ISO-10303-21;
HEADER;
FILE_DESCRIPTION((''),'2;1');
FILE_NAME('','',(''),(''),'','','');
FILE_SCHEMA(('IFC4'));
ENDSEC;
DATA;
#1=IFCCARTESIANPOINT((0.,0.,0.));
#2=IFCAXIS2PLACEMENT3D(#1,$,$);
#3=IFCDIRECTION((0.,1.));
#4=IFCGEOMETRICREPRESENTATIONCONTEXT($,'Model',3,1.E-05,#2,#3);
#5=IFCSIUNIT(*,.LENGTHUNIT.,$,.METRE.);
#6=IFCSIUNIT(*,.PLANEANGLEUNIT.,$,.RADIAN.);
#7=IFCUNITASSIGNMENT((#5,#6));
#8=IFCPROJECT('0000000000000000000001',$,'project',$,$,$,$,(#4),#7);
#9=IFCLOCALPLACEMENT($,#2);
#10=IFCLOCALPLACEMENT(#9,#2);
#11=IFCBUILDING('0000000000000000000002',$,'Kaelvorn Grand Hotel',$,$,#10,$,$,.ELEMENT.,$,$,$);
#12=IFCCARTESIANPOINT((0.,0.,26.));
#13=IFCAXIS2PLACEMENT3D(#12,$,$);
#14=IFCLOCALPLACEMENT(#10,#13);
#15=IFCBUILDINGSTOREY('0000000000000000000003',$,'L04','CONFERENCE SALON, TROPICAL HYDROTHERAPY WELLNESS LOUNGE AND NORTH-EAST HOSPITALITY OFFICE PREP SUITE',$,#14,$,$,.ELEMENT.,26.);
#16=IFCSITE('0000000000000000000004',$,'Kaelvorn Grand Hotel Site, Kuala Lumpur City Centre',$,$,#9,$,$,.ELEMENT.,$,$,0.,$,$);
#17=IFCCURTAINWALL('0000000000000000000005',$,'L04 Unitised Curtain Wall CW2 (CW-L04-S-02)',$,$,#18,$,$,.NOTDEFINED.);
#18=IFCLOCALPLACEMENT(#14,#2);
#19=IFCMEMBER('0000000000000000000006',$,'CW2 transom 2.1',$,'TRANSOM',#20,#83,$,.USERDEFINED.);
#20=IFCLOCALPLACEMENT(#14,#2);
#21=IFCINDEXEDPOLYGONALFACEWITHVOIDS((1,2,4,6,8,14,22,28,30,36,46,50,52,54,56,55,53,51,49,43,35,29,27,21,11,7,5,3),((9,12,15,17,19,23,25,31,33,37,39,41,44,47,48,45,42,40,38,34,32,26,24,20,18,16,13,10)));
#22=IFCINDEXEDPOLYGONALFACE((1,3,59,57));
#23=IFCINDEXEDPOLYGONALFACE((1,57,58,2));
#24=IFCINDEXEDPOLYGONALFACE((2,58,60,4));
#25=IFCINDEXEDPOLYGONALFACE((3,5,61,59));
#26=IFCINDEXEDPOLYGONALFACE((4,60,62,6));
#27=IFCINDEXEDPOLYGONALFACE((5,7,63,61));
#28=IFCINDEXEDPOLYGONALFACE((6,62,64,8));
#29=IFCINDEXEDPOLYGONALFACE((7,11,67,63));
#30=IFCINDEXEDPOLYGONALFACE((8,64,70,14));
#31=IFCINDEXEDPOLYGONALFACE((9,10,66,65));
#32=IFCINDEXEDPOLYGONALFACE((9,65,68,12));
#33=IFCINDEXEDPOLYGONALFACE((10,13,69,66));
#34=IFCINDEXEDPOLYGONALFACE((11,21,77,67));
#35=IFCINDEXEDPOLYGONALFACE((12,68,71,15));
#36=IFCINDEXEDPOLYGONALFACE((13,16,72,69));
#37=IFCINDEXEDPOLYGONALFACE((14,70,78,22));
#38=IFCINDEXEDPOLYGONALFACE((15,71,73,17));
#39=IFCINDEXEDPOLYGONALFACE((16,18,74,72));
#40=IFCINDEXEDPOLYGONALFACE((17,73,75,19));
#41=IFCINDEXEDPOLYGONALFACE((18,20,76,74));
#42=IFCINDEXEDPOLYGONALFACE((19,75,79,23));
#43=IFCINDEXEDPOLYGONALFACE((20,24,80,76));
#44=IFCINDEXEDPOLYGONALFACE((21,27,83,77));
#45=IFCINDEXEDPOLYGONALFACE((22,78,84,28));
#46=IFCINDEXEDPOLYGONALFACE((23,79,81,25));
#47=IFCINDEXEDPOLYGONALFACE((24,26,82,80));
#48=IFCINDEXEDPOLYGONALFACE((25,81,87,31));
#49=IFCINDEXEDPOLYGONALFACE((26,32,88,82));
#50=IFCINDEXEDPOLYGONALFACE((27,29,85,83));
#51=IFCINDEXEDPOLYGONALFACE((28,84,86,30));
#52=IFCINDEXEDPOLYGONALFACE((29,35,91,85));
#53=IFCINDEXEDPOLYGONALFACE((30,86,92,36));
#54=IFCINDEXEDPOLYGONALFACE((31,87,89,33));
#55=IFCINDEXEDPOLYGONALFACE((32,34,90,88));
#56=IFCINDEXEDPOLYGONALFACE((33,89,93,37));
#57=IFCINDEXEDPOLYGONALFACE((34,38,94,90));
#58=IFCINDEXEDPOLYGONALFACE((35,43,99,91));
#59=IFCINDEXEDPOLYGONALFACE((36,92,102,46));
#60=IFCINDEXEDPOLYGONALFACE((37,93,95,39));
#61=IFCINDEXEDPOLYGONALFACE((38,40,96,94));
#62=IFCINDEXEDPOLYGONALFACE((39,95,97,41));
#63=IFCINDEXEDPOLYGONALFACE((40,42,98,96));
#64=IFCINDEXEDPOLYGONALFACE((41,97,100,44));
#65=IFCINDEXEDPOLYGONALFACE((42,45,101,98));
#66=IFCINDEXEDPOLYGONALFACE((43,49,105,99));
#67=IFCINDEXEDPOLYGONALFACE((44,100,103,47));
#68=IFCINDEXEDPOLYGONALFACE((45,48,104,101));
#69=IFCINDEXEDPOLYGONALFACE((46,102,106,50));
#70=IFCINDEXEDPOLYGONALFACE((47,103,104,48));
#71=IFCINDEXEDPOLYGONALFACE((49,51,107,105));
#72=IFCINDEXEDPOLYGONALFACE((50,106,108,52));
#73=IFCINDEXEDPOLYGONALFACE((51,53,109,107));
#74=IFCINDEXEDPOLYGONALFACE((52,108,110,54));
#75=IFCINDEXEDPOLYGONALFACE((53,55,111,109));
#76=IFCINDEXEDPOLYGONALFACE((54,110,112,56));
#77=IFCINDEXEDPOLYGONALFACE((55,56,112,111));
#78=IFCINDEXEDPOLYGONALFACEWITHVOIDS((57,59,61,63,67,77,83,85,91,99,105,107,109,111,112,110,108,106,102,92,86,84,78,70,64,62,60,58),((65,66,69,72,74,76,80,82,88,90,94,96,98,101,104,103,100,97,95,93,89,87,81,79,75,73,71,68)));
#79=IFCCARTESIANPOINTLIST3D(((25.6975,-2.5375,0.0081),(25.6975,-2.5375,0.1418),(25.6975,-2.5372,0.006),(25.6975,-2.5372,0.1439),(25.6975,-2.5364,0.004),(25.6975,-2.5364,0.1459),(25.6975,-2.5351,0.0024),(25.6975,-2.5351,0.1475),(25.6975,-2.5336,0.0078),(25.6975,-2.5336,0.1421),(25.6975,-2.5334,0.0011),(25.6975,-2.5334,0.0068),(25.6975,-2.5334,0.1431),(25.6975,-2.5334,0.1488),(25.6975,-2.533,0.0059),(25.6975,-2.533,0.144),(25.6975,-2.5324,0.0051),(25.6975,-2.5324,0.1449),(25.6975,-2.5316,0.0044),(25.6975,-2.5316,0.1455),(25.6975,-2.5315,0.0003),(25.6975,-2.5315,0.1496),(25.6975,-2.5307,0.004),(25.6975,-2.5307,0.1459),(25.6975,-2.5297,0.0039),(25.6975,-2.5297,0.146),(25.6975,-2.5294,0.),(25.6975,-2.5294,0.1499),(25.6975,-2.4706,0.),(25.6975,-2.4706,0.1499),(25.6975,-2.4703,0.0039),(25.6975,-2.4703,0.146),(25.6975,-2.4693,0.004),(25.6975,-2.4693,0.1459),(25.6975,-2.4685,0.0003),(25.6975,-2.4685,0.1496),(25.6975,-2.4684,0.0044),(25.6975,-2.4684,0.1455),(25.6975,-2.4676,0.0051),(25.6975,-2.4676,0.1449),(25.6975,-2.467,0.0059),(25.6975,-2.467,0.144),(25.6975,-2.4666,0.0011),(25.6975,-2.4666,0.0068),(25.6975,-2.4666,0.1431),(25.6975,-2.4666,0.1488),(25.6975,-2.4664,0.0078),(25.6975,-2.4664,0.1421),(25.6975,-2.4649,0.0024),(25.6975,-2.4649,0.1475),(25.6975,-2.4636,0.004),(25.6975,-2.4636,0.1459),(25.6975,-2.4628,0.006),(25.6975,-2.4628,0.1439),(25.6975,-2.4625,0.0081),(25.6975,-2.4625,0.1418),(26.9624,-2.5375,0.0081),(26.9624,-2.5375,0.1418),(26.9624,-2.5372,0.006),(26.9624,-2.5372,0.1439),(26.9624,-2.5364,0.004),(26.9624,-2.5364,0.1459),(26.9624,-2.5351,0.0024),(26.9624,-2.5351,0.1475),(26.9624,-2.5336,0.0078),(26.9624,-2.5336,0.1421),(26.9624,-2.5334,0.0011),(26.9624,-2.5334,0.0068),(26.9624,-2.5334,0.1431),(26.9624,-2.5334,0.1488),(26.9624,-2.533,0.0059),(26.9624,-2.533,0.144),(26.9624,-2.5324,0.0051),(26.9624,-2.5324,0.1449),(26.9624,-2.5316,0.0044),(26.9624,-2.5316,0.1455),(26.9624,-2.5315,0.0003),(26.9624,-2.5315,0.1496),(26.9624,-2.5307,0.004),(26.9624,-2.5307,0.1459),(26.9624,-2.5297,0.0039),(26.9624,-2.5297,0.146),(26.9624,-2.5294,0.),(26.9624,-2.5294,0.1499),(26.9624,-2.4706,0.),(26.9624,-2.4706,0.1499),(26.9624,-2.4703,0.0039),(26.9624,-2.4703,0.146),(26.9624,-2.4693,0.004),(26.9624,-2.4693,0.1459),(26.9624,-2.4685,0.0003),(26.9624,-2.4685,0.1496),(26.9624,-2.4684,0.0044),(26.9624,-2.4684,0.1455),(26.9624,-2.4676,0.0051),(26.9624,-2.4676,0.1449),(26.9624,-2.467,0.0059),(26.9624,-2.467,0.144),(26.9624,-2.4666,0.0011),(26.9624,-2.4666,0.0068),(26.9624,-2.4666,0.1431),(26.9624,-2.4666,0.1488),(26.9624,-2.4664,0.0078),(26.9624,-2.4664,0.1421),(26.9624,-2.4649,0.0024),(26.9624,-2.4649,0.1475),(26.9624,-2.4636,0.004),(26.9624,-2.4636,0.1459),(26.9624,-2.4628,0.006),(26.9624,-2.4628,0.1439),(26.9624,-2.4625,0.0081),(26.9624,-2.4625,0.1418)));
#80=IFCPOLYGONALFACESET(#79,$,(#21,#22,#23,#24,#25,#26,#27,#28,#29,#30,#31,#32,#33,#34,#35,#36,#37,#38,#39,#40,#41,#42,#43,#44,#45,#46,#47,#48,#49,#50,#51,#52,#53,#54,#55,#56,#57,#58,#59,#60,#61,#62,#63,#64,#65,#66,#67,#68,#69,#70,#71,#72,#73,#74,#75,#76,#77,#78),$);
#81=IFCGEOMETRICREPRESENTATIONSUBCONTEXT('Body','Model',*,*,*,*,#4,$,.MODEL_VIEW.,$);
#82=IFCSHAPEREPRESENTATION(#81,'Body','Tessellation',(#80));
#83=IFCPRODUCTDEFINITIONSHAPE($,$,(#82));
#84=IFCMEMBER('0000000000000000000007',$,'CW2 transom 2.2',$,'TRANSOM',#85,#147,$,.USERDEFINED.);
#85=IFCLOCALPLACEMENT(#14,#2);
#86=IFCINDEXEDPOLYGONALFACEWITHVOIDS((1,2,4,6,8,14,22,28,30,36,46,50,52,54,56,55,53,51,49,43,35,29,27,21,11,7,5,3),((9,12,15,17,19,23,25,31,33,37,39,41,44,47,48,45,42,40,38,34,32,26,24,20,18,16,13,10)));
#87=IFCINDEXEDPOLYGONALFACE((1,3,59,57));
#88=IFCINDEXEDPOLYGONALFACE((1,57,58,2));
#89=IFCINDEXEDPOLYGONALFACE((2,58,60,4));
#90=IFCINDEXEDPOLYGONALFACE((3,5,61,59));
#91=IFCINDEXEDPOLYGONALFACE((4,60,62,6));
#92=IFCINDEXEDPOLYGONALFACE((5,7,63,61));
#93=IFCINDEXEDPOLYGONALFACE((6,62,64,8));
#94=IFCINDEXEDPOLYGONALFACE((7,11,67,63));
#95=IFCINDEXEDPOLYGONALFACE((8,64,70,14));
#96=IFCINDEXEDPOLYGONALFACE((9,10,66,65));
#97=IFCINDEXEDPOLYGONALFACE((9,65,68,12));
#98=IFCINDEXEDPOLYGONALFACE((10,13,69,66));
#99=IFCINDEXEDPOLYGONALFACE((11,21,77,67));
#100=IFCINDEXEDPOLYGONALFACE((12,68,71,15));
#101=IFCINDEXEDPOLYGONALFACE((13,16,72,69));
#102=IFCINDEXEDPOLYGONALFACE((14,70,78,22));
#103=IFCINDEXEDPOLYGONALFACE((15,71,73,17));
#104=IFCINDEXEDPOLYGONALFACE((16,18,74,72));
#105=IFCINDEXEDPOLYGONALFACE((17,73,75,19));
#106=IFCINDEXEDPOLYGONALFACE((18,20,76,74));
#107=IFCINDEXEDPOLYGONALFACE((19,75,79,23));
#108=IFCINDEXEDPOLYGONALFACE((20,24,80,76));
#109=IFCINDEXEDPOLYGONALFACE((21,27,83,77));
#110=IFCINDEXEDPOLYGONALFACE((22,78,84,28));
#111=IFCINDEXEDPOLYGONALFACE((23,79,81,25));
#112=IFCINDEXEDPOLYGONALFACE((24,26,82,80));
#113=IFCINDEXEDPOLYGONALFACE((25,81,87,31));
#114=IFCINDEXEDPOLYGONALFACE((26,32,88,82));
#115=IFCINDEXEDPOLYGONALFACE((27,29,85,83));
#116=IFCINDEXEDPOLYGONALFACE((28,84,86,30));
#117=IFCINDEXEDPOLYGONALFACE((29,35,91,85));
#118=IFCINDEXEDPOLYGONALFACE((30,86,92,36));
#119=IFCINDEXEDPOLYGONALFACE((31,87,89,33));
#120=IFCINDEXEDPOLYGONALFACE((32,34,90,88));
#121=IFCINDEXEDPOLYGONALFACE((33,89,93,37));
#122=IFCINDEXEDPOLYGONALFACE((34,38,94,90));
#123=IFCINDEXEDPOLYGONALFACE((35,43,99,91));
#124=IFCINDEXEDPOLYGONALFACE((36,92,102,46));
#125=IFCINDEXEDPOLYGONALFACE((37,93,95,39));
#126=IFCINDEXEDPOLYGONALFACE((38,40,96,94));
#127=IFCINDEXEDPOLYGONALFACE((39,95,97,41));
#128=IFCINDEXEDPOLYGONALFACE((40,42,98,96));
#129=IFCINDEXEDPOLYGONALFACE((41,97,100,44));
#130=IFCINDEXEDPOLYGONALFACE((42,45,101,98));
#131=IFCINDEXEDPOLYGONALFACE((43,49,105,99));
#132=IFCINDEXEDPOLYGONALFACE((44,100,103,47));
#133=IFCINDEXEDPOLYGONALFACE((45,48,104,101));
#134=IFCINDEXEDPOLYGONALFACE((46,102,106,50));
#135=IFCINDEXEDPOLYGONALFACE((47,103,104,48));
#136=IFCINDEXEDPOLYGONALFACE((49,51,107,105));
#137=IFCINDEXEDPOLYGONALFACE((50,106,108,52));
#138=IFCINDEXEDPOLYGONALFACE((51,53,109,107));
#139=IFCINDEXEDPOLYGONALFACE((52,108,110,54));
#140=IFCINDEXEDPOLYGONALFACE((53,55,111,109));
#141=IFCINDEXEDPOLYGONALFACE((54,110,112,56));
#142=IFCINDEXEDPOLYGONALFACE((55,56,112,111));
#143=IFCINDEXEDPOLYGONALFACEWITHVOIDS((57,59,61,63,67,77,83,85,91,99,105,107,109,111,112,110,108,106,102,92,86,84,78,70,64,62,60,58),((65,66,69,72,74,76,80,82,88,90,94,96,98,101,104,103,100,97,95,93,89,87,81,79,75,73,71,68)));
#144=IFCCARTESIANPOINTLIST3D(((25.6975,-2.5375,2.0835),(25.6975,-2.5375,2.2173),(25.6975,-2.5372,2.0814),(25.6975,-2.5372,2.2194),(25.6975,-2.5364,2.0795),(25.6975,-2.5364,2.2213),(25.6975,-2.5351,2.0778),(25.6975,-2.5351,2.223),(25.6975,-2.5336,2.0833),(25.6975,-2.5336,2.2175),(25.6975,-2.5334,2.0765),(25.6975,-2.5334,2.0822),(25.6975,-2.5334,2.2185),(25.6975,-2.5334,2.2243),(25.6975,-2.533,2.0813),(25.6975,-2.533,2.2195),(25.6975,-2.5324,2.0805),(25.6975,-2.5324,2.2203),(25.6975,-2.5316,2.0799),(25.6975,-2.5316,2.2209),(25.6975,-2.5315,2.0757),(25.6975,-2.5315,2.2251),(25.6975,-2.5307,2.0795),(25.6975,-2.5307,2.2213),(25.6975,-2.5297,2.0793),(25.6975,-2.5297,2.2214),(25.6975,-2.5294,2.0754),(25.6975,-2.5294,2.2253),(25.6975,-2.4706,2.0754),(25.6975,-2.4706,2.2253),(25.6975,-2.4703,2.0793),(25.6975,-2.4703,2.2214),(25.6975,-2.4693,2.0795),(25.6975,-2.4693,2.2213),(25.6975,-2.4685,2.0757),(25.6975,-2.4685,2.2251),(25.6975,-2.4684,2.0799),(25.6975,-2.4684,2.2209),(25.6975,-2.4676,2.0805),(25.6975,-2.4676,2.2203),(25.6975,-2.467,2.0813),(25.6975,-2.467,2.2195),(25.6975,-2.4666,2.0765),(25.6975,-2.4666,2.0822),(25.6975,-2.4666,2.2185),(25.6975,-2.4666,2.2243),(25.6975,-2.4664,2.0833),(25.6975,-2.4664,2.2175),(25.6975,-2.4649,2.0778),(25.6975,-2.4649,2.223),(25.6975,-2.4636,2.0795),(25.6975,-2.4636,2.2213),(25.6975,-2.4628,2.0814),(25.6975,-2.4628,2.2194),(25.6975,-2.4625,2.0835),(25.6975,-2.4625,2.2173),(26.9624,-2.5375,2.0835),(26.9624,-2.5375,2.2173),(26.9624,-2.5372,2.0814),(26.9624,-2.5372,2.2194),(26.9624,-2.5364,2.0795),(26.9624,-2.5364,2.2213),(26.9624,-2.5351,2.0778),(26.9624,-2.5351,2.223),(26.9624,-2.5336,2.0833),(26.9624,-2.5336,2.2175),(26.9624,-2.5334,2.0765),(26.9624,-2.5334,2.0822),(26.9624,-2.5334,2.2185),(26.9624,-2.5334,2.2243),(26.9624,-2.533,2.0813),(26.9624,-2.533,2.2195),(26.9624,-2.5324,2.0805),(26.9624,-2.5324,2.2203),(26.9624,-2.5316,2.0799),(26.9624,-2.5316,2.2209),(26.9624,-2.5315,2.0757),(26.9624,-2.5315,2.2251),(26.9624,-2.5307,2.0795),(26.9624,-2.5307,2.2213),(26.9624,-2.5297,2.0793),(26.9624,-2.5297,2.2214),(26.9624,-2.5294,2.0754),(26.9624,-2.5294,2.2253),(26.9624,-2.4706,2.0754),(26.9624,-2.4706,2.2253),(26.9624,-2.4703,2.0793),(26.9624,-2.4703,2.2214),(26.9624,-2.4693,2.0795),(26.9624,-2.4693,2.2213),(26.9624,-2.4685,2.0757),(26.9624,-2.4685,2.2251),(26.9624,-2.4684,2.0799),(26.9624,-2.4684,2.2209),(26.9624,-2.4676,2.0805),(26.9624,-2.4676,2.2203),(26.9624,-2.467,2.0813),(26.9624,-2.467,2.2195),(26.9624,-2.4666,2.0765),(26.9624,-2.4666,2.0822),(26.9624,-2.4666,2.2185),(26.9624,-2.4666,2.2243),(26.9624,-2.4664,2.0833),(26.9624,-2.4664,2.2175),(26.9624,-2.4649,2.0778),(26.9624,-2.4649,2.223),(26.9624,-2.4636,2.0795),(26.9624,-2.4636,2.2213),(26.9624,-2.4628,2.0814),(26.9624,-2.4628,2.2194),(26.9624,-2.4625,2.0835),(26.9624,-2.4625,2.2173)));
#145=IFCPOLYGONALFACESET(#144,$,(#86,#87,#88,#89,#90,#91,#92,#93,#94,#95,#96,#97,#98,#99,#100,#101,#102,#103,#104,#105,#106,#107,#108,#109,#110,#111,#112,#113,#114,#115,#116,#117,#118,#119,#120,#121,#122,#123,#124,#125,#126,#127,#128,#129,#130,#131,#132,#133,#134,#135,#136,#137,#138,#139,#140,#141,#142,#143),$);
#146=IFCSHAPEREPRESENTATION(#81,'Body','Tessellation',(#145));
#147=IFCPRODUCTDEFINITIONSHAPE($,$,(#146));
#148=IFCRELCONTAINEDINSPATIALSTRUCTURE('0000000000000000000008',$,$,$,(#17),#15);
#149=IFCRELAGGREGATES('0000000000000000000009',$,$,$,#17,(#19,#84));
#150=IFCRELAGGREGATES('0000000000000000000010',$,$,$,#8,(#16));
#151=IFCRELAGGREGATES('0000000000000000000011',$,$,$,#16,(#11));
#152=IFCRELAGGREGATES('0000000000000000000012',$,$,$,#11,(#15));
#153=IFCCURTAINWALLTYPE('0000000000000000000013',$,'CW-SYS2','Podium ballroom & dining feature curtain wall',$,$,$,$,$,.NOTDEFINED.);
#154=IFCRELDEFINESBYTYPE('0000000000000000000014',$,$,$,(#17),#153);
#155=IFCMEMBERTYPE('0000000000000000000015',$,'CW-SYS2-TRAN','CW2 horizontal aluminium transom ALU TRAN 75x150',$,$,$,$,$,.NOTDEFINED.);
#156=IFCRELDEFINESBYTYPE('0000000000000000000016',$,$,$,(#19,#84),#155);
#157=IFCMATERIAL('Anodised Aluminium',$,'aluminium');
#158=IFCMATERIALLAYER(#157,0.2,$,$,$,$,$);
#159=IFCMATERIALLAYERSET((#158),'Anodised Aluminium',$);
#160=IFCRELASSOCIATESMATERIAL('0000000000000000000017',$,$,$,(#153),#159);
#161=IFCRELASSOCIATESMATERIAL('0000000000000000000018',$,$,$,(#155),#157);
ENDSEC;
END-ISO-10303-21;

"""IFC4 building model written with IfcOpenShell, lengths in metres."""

from ifc_helpers import new_model, si_unit, direction, frame, origin, origin_2d, place, context, subcontext, project, spatial, hollow_rectangle, extrude, material, layer, layer_set, material_profile, profile_set, type_object, element, aggregate, save


model = new_model("IFC4")

# Units and contexts
model_context = context("Model", 3, precision=1e-05, world=origin(), true_north=direction((0.0, 1.0)))
body_context = subcontext(model_context, "Body", "Model", "MODEL_VIEW")
ifc_project = project(units=[si_unit("LENGTHUNIT", "METRE"), si_unit("PLANEANGLEUNIT", "RADIAN")], contexts=[model_context])

# Site, building, storey
site_placement = place(None, origin())
site = spatial("IfcSite", under=ifc_project, at=site_placement, Name="Kaelvorn Grand Hotel Site, Kuala Lumpur City Centre", CompositionType="ELEMENT", RefElevation=0.0)
building_placement = place(site_placement, origin())
building = spatial("IfcBuilding", under=site, at=building_placement, Name="Kaelvorn Grand Hotel", CompositionType="ELEMENT")
storey_placement = place(building_placement, frame((0.0, 0.0, 26.0)))
storey = spatial("IfcBuildingStorey", under=building, at=storey_placement, Name="L04", Description="CONFERENCE SALON, TROPICAL HYDROTHERAPY WELLNESS LOUNGE AND NORTH-EAST HOSPITALITY OFFICE PREP SUITE", CompositionType="ELEMENT", Elevation=26.0)

# Curtain wall
ifc_material_1 = material(Name="Anodised Aluminium", Category="aluminium")
ifc_layer_1 = layer(ifc_material_1, 0.2)
ifc_layer_set_1 = layer_set([ifc_layer_1], Name="Anodised Aluminium")
curtain_wall_type = type_object("IfcCurtainWallType", Name="CW-SYS2", Description="Podium ballroom & dining feature curtain wall", PredefinedType="NOTDEFINED", material=ifc_layer_set_1)
curtain_wall_1_placement = place(storey_placement, origin())
curtain_wall_1 = element("IfcCurtainWall", 1, at=curtain_wall_1_placement, inside=storey, type_object=curtain_wall_type, Name="L04 Unitised Curtain Wall CW2 (CW-L04-S-02)", PredefinedType="NOTDEFINED")

# Members
ifc_material_profile_1 = material_profile(ifc_material_1, hollow_rectangle(XDim=0.075, YDim=0.1499, WallThickness=0.0039, InnerFilletRadius=0.0039, OuterFilletRadius=0.0081, at=origin_2d()), Name="ALU TRAN 75x150")
ifc_profile_set_1 = profile_set([ifc_material_profile_1], Name="Anodised Aluminium")
member_type_1 = type_object("IfcMemberType", Name="CW-SYS2-TRAN", Description="CW2 horizontal aluminium transom ALU TRAN 75x150", PredefinedType="NOTDEFINED", material=ifc_profile_set_1)
member_1_placement = place(storey_placement, frame((25.6975, -2.5, 0.075), z_axis=(1.0, 0.0, 0.0), x_axis=(0.0, 1.0, 0.0)))
member_1 = element("IfcMember", 2, at=member_1_placement, type_object=member_type_1, Name="CW2 transom 2.1", ObjectType="TRANSOM", PredefinedType="USERDEFINED", context=body_context, shape_type="SweptSolid", body=[
    extrude(hollow_rectangle(XDim=0.075, YDim=0.1499, WallThickness=0.0039, InnerFilletRadius=0.0039, OuterFilletRadius=0.0081, at=origin_2d()), origin(), (0.0, 0.0, 1.0), 1.2649),
])
member_2_placement = place(storey_placement, frame((25.6975, -2.5, 2.1504), z_axis=(1.0, 0.0, 0.0), x_axis=(0.0, 1.0, 0.0)))
member_2 = element("IfcMember", 3, at=member_2_placement, type_object=member_type_1, Name="CW2 transom 2.2", ObjectType="TRANSOM", PredefinedType="USERDEFINED", context=body_context, shape_type="SweptSolid", body=[
    extrude(hollow_rectangle(XDim=0.075, YDim=0.1499, WallThickness=0.0039, InnerFilletRadius=0.0039, OuterFilletRadius=0.0081, at=origin_2d()), origin(), (0.0, 0.0, 1.0), 1.2649),
])

aggregate(curtain_wall_1, [member_1, member_2])

save(model, "model.ifc")
